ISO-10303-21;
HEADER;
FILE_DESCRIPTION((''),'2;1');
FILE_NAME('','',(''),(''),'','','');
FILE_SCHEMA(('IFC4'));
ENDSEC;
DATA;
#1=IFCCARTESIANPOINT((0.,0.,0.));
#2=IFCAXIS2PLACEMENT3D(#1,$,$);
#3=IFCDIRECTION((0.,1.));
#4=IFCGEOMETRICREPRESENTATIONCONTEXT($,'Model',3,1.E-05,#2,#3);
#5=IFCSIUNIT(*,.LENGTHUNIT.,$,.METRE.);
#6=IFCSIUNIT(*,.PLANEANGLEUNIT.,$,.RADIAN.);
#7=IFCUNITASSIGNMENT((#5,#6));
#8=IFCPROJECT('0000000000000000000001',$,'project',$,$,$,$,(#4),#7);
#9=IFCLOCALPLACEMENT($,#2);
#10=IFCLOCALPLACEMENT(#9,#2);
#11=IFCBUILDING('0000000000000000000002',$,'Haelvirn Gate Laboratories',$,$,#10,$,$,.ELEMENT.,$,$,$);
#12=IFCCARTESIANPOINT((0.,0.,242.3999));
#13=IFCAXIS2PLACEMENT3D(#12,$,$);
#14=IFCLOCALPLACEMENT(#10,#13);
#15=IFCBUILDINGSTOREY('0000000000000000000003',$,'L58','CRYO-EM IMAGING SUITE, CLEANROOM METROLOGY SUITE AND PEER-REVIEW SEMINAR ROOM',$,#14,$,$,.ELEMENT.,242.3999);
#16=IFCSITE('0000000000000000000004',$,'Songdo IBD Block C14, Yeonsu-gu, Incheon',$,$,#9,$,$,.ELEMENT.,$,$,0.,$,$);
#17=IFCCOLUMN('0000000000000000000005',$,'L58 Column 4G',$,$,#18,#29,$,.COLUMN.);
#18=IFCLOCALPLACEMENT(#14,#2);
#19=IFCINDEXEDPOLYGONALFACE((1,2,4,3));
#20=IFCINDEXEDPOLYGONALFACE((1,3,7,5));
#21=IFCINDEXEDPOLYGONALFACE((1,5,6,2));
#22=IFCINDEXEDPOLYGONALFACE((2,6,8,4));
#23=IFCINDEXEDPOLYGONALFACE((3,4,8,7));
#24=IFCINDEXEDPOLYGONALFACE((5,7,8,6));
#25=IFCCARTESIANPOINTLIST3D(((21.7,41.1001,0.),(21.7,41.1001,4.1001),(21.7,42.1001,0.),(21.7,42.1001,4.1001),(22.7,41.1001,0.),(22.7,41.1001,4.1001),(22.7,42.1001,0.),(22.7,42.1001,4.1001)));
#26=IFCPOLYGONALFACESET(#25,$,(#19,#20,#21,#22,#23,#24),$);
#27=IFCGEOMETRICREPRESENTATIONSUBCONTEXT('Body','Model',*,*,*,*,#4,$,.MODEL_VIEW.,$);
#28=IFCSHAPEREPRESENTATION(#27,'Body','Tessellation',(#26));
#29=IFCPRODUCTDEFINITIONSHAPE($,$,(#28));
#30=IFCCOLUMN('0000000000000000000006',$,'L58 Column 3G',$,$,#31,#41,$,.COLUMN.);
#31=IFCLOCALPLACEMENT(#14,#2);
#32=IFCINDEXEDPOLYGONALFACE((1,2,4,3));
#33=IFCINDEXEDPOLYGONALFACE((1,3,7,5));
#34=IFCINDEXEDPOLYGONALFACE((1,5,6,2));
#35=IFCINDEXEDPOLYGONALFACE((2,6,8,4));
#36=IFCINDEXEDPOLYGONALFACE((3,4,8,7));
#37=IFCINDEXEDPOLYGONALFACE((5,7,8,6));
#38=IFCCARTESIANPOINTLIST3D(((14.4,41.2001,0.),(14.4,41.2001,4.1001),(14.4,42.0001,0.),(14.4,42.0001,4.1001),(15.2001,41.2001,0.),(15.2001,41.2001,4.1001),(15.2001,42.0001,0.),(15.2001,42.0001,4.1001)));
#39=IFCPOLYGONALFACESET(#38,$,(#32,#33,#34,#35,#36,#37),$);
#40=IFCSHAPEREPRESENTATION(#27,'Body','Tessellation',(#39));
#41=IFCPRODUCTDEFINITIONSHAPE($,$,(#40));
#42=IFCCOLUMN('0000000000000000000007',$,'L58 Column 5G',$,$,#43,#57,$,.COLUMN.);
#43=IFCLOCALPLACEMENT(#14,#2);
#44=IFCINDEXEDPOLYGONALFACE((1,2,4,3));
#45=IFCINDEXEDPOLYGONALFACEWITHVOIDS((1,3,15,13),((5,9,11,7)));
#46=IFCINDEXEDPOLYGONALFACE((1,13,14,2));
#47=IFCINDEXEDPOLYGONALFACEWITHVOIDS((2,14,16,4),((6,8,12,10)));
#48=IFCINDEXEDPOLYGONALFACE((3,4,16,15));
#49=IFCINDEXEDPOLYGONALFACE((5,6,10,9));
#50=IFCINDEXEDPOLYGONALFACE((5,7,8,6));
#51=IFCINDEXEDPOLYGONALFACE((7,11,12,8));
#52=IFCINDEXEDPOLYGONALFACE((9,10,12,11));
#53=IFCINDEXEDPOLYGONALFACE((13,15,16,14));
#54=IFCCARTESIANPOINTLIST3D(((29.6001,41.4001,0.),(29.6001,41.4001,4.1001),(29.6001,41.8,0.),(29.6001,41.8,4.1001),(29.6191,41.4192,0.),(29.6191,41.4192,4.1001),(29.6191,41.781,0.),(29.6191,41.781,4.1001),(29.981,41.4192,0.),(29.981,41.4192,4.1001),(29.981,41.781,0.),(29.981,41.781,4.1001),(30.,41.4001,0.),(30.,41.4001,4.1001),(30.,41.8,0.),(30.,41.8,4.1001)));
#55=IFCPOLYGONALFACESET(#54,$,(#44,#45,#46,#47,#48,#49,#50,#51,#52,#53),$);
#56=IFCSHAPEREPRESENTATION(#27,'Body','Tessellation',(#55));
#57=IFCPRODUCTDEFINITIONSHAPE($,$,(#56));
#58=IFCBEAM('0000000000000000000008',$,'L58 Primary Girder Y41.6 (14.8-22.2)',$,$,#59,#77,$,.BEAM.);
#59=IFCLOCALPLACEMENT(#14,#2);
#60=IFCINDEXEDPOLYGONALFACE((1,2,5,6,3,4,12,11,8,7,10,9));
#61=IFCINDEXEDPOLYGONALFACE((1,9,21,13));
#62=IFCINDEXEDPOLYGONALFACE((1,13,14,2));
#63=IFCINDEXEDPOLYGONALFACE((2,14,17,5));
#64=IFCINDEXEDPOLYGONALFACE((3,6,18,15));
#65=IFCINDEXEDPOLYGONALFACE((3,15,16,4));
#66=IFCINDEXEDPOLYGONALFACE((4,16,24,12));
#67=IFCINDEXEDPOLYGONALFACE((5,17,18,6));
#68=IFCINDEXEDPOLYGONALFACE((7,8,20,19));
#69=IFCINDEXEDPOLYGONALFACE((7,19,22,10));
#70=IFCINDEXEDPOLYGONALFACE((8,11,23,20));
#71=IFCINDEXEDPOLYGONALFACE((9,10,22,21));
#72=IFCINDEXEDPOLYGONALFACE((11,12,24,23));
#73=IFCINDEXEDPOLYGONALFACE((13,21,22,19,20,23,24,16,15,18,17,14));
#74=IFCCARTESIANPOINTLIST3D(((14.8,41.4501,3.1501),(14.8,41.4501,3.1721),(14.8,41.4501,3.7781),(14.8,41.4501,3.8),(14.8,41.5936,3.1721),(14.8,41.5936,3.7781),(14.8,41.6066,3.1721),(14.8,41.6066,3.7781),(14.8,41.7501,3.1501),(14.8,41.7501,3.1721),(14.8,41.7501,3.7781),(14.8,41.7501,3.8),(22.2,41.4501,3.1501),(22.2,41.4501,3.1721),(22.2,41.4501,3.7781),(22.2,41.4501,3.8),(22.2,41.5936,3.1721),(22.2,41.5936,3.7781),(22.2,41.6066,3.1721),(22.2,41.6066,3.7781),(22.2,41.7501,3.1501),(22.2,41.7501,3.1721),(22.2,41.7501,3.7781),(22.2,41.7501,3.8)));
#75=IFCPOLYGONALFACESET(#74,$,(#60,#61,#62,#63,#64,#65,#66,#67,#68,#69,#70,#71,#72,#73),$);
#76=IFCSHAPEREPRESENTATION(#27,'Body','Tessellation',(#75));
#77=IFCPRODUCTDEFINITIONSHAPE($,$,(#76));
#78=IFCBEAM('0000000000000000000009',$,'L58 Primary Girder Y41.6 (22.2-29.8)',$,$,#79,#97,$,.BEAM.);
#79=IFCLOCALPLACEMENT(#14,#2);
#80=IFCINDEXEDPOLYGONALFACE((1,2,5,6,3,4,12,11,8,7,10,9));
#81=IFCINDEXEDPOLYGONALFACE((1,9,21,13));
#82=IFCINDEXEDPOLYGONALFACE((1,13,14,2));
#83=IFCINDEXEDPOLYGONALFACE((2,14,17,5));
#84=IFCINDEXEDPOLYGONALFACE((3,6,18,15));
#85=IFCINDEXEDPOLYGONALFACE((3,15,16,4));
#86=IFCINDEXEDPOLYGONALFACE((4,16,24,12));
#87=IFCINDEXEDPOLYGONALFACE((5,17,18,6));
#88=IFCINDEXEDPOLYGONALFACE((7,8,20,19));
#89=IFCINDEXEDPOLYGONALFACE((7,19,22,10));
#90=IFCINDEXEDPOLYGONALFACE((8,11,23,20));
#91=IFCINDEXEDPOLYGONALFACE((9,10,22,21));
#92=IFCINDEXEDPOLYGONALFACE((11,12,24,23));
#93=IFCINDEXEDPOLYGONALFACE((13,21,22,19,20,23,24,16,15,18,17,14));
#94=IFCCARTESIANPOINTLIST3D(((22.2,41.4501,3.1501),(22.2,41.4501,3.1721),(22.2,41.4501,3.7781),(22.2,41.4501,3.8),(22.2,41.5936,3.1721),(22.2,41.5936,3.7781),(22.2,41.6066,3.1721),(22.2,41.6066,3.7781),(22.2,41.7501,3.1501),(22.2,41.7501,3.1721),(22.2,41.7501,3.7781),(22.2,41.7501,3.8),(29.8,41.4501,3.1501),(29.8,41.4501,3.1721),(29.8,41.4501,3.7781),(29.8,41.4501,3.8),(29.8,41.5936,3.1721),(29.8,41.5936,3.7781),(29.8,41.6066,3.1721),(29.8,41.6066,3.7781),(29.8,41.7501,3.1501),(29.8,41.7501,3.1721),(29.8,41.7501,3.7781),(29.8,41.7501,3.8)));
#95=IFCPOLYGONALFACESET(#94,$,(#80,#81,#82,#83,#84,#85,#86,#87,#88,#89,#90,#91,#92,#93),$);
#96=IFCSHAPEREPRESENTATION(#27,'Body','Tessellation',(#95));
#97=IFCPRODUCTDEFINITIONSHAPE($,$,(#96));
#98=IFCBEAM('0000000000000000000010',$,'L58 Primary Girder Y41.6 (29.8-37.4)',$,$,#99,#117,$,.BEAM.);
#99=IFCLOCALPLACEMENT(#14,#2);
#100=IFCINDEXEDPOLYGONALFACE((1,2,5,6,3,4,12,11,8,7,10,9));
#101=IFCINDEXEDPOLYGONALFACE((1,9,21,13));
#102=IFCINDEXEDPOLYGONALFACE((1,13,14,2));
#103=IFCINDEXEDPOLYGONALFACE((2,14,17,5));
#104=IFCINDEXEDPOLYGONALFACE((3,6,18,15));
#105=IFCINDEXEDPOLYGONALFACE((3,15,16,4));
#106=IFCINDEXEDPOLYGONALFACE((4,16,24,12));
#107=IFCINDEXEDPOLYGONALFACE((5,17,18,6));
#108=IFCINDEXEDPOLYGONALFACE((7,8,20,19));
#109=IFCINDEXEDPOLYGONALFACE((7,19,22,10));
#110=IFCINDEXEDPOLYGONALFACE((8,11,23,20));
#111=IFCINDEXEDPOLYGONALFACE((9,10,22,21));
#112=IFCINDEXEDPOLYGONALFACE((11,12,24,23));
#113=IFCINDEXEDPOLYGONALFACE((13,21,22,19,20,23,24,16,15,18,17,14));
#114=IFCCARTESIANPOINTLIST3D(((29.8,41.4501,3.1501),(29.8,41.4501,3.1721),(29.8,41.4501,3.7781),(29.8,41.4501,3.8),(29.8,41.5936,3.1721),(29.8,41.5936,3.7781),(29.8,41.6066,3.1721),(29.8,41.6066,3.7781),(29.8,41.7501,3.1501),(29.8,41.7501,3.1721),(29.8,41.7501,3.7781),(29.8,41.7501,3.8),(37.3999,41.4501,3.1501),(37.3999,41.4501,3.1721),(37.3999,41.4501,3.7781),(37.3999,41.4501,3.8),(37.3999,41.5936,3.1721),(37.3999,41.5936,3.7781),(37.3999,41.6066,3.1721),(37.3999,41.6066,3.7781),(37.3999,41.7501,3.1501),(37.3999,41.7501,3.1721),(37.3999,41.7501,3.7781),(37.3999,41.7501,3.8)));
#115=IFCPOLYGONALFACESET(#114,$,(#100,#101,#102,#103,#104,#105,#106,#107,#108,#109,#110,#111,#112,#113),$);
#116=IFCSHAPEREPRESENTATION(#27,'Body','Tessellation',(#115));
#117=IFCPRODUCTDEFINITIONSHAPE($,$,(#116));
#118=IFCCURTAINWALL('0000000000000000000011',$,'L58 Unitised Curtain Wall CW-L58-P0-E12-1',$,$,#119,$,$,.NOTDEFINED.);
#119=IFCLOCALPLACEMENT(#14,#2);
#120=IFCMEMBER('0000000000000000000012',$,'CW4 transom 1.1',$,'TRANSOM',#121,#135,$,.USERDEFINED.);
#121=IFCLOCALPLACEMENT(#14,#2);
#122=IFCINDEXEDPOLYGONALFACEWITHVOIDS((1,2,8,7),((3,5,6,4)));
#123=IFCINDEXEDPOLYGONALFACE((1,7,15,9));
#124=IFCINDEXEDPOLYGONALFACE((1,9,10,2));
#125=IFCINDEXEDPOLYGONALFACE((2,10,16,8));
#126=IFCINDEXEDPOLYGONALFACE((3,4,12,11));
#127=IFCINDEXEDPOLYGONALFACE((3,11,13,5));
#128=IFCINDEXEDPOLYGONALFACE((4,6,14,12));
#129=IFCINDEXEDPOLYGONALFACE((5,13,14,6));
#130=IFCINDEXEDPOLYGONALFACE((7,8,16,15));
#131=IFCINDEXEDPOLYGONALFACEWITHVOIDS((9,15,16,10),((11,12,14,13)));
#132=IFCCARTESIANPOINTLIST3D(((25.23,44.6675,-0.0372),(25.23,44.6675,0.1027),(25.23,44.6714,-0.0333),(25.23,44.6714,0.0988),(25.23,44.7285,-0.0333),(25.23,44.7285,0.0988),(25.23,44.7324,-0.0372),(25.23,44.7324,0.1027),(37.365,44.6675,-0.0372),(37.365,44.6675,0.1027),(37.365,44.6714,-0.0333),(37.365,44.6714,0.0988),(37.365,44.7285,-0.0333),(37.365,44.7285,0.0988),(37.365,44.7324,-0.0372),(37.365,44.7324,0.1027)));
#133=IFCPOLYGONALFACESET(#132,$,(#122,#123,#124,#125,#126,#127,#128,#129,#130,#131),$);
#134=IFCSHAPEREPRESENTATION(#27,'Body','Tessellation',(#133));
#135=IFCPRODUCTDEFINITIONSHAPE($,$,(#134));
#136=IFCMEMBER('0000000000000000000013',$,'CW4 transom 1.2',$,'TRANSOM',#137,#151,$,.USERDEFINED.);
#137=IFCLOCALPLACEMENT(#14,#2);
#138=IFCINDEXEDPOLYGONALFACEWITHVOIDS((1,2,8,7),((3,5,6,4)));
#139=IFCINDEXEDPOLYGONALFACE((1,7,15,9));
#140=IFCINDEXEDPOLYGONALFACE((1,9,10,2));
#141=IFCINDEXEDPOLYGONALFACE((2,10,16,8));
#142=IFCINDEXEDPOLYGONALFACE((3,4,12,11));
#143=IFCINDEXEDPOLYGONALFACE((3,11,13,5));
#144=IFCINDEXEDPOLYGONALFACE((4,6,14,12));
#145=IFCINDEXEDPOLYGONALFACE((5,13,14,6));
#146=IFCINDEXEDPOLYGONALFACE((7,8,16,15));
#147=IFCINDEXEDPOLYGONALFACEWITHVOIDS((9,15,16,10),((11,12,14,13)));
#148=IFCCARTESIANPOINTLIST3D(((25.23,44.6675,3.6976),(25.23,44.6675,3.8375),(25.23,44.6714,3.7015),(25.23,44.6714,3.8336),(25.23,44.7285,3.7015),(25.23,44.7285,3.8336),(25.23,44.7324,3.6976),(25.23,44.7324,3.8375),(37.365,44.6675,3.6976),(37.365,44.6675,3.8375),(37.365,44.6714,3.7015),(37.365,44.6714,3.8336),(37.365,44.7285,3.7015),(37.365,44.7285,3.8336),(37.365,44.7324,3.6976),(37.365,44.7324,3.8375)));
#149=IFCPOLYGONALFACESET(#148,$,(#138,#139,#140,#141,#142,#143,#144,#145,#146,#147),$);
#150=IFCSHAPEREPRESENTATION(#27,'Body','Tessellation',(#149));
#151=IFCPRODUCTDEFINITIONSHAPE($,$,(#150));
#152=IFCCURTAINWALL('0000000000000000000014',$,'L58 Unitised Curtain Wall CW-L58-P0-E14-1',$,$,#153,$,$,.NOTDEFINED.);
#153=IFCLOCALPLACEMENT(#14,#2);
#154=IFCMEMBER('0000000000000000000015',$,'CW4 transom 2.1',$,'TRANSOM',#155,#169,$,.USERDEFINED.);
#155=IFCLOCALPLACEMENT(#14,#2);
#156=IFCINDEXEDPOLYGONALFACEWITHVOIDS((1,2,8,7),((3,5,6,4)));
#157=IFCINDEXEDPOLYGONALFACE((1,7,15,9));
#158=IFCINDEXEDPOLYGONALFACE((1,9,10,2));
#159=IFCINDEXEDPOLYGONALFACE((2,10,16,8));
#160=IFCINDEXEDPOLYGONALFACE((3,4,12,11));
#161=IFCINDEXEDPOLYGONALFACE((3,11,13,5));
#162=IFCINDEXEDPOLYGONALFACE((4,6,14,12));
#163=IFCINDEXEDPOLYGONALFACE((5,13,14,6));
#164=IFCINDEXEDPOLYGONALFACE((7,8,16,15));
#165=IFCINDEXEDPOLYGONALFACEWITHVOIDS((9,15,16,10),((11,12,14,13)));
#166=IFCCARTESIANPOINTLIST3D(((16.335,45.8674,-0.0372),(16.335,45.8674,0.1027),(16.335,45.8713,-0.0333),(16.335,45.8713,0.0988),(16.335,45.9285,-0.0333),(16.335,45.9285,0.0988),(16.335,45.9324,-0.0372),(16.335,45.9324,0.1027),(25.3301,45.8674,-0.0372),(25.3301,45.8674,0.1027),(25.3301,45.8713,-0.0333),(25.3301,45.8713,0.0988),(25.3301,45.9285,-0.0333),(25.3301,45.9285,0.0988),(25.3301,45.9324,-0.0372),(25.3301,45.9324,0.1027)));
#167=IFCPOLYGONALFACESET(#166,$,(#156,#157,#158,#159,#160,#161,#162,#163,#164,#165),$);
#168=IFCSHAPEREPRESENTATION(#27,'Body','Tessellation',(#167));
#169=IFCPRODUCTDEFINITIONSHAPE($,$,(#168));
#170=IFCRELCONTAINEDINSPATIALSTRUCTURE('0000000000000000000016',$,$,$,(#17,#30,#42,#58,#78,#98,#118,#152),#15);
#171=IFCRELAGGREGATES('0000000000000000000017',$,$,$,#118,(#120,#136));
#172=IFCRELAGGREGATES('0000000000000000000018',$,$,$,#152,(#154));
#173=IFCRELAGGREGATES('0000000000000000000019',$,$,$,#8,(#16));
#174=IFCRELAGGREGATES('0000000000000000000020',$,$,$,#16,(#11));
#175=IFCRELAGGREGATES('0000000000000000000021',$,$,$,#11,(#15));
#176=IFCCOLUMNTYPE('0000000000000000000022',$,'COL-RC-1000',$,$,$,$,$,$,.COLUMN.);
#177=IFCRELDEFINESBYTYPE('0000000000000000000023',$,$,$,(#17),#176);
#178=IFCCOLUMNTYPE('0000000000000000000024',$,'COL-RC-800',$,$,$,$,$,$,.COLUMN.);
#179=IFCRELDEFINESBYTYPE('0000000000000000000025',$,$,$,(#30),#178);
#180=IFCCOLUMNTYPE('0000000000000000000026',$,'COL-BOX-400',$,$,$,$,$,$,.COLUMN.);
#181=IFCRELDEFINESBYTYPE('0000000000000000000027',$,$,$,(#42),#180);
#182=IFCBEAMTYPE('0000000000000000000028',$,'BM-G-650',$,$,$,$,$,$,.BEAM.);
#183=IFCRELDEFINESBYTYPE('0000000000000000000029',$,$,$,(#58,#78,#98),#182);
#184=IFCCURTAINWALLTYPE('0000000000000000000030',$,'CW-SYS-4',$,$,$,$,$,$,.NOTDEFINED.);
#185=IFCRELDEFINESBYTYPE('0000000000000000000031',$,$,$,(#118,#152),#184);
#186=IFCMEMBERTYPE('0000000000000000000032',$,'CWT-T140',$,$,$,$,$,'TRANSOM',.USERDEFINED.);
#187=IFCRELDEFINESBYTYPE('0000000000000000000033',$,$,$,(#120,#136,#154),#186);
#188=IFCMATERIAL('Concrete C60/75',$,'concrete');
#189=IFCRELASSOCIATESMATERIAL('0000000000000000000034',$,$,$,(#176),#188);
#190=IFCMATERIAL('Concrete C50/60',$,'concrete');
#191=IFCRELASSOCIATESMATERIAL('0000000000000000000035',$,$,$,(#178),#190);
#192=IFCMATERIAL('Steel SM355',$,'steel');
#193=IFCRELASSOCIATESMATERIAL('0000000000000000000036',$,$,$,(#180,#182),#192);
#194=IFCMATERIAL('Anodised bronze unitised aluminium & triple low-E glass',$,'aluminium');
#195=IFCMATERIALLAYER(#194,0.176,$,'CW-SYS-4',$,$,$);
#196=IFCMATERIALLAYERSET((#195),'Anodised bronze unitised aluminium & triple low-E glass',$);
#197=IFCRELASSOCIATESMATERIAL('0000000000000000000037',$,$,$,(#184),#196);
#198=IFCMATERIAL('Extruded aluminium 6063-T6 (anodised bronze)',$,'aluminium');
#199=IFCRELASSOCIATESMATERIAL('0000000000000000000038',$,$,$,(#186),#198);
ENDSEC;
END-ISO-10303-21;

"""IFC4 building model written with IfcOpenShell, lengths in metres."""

from ifc_helpers import new_model, si_unit, direction, frame, origin, origin_2d, place, context, subcontext, project, spatial, rectangle, hollow_rectangle, i_section, extrude, source, transform, mapped, material, layer, layer_set, material_profile, profile_set, type_object, type_shapes, element, aggregate, save


model = new_model("IFC4")

# Units and contexts
model_context = context("Model", 3, precision=1e-05, world=origin(), true_north=direction((0.0, 1.0)))
body_context = subcontext(model_context, "Body", "Model", "MODEL_VIEW")
ifc_project = project(units=[si_unit("LENGTHUNIT", "METRE"), si_unit("PLANEANGLEUNIT", "RADIAN")], contexts=[model_context])

# Site, building, storey
site_placement = place(None, origin())
site = spatial("IfcSite", under=ifc_project, at=site_placement, Name="Songdo IBD Block C14, Yeonsu-gu, Incheon", CompositionType="ELEMENT", RefElevation=0.0)
building_placement = place(site_placement, origin())
building = spatial("IfcBuilding", under=site, at=building_placement, Name="Haelvirn Gate Laboratories", CompositionType="ELEMENT")
storey_placement = place(building_placement, frame((0.0, 0.0, 242.3999)))
storey = spatial("IfcBuildingStorey", under=building, at=storey_placement, Name="L58", Description="CRYO-EM IMAGING SUITE, CLEANROOM METROLOGY SUITE AND PEER-REVIEW SEMINAR ROOM", CompositionType="ELEMENT", Elevation=242.3999)

# Columns
ifc_material_1 = material(Name="Concrete C60/75", Category="concrete")
ifc_material_profile_1 = material_profile(ifc_material_1, rectangle(XDim=1.0, YDim=1.0, at=origin_2d()), Name="RC-1000x1000")
ifc_profile_set_1 = profile_set([ifc_material_profile_1], Name="Concrete C60/75")
column_type_1 = type_object("IfcColumnType", Name="COL-RC-1000", PredefinedType="COLUMN", material=ifc_profile_set_1)
shared_shape_1 = source(origin(), body_context, "Body", "SweptSolid", [
    extrude(rectangle(XDim=1.0, YDim=1.0, at=origin_2d()), origin(), (0.0, 0.0, 1.0), 4.1001),
])
type_shapes(column_type_1, [shared_shape_1])
column_1_placement = place(storey_placement, frame((22.2, 41.6001, 0.0), z_axis=(0.0, 0.0, 1.0), x_axis=(1.0, 0.0, 0.0)))
element("IfcColumn", 1, at=column_1_placement, inside=storey, type_object=column_type_1, Name="L58 Column 4G", PredefinedType="COLUMN", context=body_context, shape_type="MappedRepresentation", body=[
    mapped(shared_shape_1, transform((0.0, 0.0, 0.0), scale=1.0)),
])
ifc_material_2 = material(Name="Concrete C50/60", Category="concrete")
ifc_material_profile_2 = material_profile(ifc_material_2, rectangle(XDim=0.8, YDim=0.8, at=origin_2d()), Name="RC-800x800")
ifc_profile_set_2 = profile_set([ifc_material_profile_2], Name="Concrete C50/60")
column_type_2 = type_object("IfcColumnType", Name="COL-RC-800", PredefinedType="COLUMN", material=ifc_profile_set_2)
shared_shape_2 = source(origin(), body_context, "Body", "SweptSolid", [
    extrude(rectangle(XDim=0.8, YDim=0.8, at=origin_2d()), origin(), (0.0, 0.0, 1.0), 4.1001),
])
type_shapes(column_type_2, [shared_shape_2])
column_2_placement = place(storey_placement, frame((14.8, 41.6001, 0.0), z_axis=(0.0, 0.0, 1.0), x_axis=(1.0, 0.0, 0.0)))
element("IfcColumn", 2, at=column_2_placement, inside=storey, type_object=column_type_2, Name="L58 Column 3G", PredefinedType="COLUMN", context=body_context, shape_type="MappedRepresentation", body=[
    mapped(shared_shape_2, transform((0.0, 0.0, 0.0), scale=1.0)),
])
ifc_material_3 = material(Name="Steel SM355", Category="steel")
ifc_material_profile_3 = material_profile(ifc_material_3, hollow_rectangle(XDim=0.3999, YDim=0.3999, WallThickness=0.019, at=origin_2d()), Name="BOX-400x400x19")
ifc_profile_set_3 = profile_set([ifc_material_profile_3], Name="Steel SM355")
column_type_3 = type_object("IfcColumnType", Name="COL-BOX-400", PredefinedType="COLUMN", material=ifc_profile_set_3)
shared_shape_3 = source(origin(), body_context, "Body", "SweptSolid", [
    extrude(hollow_rectangle(XDim=0.3999, YDim=0.3999, WallThickness=0.019, at=origin_2d()), origin(), (0.0, 0.0, 1.0), 4.1001),
])
type_shapes(column_type_3, [shared_shape_3])
column_3_placement = place(storey_placement, frame((29.8, 41.6001, 0.0), z_axis=(0.0, 0.0, 1.0), x_axis=(1.0, 0.0, 0.0)))
element("IfcColumn", 3, at=column_3_placement, inside=storey, type_object=column_type_3, Name="L58 Column 5G", PredefinedType="COLUMN", context=body_context, shape_type="MappedRepresentation", body=[
    mapped(shared_shape_3, transform((0.0, 0.0, 0.0), scale=1.0)),
])

# Beams
ifc_material_profile_4 = material_profile(ifc_material_3, i_section(OverallWidth=0.3, OverallDepth=0.6499, WebThickness=0.0129, FlangeThickness=0.022, at=origin_2d()), Name="H-650x300x13x22")
ifc_profile_set_4 = profile_set([ifc_material_profile_4], Name="Steel SM355")
beam_type = type_object("IfcBeamType", Name="BM-G-650", PredefinedType="BEAM", material=ifc_profile_set_4)
shared_shape_4 = source(origin(), body_context, "Body", "SweptSolid", [
    extrude(i_section(OverallWidth=0.3, OverallDepth=0.6499, WebThickness=0.0129, FlangeThickness=0.022, at=origin_2d()), origin(), (0.0, 0.0, 1.0), 7.3999),
])
beam_1_placement = place(storey_placement, frame((14.8, 41.6001, 3.4751), z_axis=(1.0, 0.0, 0.0), x_axis=(0.0, 1.0, 0.0)))
element("IfcBeam", 4, at=beam_1_placement, inside=storey, type_object=beam_type, Name="L58 Primary Girder Y41.6 (14.8-22.2)", PredefinedType="BEAM", context=body_context, shape_type="MappedRepresentation", body=[
    mapped(shared_shape_4, transform((0.0, 0.0, 0.0), scale=1.0)),
])
shared_shape_5 = source(origin(), body_context, "Body", "SweptSolid", [
    extrude(i_section(OverallWidth=0.3, OverallDepth=0.6499, WebThickness=0.0129, FlangeThickness=0.022, at=origin_2d()), origin(), (0.0, 0.0, 1.0), 7.6001),
])
beam_2_placement = place(storey_placement, frame((22.2, 41.6001, 3.4751), z_axis=(1.0, 0.0, 0.0), x_axis=(0.0, 1.0, 0.0)))
element("IfcBeam", 5, at=beam_2_placement, inside=storey, type_object=beam_type, Name="L58 Primary Girder Y41.6 (22.2-29.8)", PredefinedType="BEAM", context=body_context, shape_type="MappedRepresentation", body=[
    mapped(shared_shape_5, transform((0.0, 0.0, 0.0), scale=1.0)),
])
shared_shape_6 = source(origin(), body_context, "Body", "SweptSolid", [
    extrude(i_section(OverallWidth=0.3, OverallDepth=0.6499, WebThickness=0.0129, FlangeThickness=0.022, at=origin_2d()), origin(), (0.0, 0.0, 1.0), 7.5999),
])
type_shapes(beam_type, [shared_shape_4, shared_shape_5, shared_shape_6])
beam_3_placement = place(storey_placement, frame((29.8, 41.6001, 3.4751), z_axis=(1.0, 0.0, 0.0), x_axis=(0.0, 1.0, 0.0)))
element("IfcBeam", 6, at=beam_3_placement, inside=storey, type_object=beam_type, Name="L58 Primary Girder Y41.6 (29.8-37.4)", PredefinedType="BEAM", context=body_context, shape_type="MappedRepresentation", body=[
    mapped(shared_shape_6, transform((0.0, 0.0, 0.0), scale=1.0)),
])

# Curtain walls, members
ifc_material_4 = material(Name="Anodised bronze unitised aluminium & triple low-E glass", Category="aluminium")
ifc_layer_1 = layer(ifc_material_4, 0.176, Name="CW-SYS-4")
ifc_layer_set_1 = layer_set([ifc_layer_1], Name="Anodised bronze unitised aluminium & triple low-E glass")
curtain_wall_type = type_object("IfcCurtainWallType", Name="CW-SYS-4", PredefinedType="NOTDEFINED", material=ifc_layer_set_1)
curtain_wall_1_placement = place(storey_placement, origin())
curtain_wall_1 = element("IfcCurtainWall", 7, at=curtain_wall_1_placement, inside=storey, type_object=curtain_wall_type, Name="L58 Unitised Curtain Wall CW-L58-P0-E12-1", PredefinedType="NOTDEFINED")
ifc_material_5 = material(Name="Extruded aluminium 6063-T6 (anodised bronze)", Category="aluminium")
ifc_material_profile_5 = material_profile(ifc_material_5, hollow_rectangle(XDim=0.0649, YDim=0.1399, WallThickness=0.0039, at=origin_2d()), Name="CWT-140x65x4")
ifc_profile_set_5 = profile_set([ifc_material_profile_5], Name="Extruded aluminium 6063-T6 (anodised bronze)")
member_type_1 = type_object("IfcMemberType", Name="CWT-T140", ElementType="TRANSOM", PredefinedType="USERDEFINED", material=ifc_profile_set_5)
shared_shape_7 = source(origin(), body_context, "Body", "SweptSolid", [
    extrude(hollow_rectangle(XDim=0.0649, YDim=0.1399, WallThickness=0.0039, at=origin_2d()), origin(), (0.0, 0.0, 1.0), 12.135),
])
member_1_placement = place(storey_placement, frame((25.23, 44.7, 0.0327), z_axis=(1.0, 0.0, 0.0), x_axis=(0.0, 1.0, 0.0)))
member_1 = element("IfcMember", 8, at=member_1_placement, type_object=member_type_1, Name="CW4 transom 1.1", ObjectType="TRANSOM", PredefinedType="USERDEFINED", context=body_context, shape_type="MappedRepresentation", body=[
    mapped(shared_shape_7, transform((0.0, 0.0, 0.0), scale=1.0)),
])
member_2_placement = place(storey_placement, frame((25.23, 44.7, 3.7676), z_axis=(1.0, 0.0, 0.0), x_axis=(0.0, 1.0, 0.0)))
member_2 = element("IfcMember", 9, at=member_2_placement, type_object=member_type_1, Name="CW4 transom 1.2", ObjectType="TRANSOM", PredefinedType="USERDEFINED", context=body_context, shape_type="MappedRepresentation", body=[
    mapped(shared_shape_7, transform((0.0, 0.0, 0.0), scale=1.0)),
])
curtain_wall_2_placement = place(storey_placement, origin())
curtain_wall_2 = element("IfcCurtainWall", 10, at=curtain_wall_2_placement, inside=storey, type_object=curtain_wall_type, Name="L58 Unitised Curtain Wall CW-L58-P0-E14-1", PredefinedType="NOTDEFINED")
shared_shape_8 = source(origin(), body_context, "Body", "SweptSolid", [
    extrude(hollow_rectangle(XDim=0.0649, YDim=0.1399, WallThickness=0.0039, at=origin_2d()), origin(), (0.0, 0.0, 1.0), 8.9951),
])
type_shapes(member_type_1, [shared_shape_7, shared_shape_8])
member_3_placement = place(storey_placement, frame((16.335, 45.8999, 0.0327), z_axis=(1.0, 0.0, 0.0), x_axis=(0.0, 1.0, 0.0)))
member_3 = element("IfcMember", 11, at=member_3_placement, type_object=member_type_1, Name="CW4 transom 2.1", ObjectType="TRANSOM", PredefinedType="USERDEFINED", context=body_context, shape_type="MappedRepresentation", body=[
    mapped(shared_shape_8, transform((0.0, 0.0, 0.0), scale=1.0)),
])

aggregate(curtain_wall_1, [member_1, member_2])

aggregate(curtain_wall_2, [member_3])

save(model, "model.ifc")
